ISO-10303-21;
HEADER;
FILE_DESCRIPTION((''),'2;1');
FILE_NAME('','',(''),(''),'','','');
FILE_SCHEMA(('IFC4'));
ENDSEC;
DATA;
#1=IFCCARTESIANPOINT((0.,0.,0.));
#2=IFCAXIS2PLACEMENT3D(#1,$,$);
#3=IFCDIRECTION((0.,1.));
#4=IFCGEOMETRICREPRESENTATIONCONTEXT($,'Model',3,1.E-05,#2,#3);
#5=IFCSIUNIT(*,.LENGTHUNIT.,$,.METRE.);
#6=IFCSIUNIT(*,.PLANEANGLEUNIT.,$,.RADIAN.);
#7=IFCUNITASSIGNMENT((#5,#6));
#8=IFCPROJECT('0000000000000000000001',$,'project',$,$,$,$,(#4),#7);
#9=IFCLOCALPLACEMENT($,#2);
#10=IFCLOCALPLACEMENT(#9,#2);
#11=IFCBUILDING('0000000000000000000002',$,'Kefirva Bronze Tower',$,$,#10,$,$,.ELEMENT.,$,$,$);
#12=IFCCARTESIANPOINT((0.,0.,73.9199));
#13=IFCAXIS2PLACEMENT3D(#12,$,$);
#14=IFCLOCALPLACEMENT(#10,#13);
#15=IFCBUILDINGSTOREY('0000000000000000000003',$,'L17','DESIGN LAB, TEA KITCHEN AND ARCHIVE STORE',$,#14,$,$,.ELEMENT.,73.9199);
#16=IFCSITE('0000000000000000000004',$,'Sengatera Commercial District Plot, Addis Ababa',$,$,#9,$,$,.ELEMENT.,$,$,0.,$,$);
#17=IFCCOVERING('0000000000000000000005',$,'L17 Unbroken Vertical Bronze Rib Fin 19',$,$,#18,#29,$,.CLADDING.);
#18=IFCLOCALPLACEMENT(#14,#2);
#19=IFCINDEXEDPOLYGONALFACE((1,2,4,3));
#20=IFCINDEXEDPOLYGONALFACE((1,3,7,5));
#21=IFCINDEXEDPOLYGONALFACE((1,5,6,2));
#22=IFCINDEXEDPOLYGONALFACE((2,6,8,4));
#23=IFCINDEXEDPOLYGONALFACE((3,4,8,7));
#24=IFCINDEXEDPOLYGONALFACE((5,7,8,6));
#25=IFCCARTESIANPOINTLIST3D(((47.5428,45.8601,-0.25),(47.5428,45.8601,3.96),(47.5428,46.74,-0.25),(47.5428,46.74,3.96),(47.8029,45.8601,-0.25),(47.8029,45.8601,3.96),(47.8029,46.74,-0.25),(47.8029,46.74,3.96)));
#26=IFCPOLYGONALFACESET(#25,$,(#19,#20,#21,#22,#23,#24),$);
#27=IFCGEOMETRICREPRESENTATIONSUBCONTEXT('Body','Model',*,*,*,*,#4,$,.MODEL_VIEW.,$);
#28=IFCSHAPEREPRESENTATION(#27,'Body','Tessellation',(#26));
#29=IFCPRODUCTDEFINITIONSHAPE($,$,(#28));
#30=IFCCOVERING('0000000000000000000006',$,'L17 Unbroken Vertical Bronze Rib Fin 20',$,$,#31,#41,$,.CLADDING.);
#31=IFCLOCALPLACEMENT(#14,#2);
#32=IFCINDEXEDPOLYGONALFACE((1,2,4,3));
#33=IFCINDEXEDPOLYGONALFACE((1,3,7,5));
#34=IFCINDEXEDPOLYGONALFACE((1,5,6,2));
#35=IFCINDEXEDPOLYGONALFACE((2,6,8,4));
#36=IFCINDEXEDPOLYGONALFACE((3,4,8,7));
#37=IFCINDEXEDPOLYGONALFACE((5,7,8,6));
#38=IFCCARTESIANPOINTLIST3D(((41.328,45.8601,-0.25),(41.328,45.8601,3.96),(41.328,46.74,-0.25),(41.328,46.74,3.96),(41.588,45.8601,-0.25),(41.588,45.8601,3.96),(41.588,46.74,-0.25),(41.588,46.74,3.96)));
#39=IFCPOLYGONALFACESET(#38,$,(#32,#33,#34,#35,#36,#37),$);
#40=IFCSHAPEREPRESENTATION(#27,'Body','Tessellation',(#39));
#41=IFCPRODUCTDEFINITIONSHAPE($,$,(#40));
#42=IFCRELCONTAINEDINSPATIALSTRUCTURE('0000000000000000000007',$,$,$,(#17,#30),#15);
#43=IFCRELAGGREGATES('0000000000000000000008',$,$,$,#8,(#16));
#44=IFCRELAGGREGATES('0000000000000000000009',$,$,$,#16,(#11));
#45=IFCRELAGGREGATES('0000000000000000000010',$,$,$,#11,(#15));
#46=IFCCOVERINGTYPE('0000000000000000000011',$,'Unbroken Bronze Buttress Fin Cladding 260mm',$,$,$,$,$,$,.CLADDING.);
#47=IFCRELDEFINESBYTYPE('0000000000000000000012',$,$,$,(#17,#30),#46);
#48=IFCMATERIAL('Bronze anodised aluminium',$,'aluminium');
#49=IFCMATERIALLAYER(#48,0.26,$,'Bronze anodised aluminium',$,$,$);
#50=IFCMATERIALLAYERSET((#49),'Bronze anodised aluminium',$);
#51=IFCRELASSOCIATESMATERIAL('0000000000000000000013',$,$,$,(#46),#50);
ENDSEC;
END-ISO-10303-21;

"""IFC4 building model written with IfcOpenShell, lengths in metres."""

from ifc_helpers import new_model, si_unit, direction, frame, origin, origin_2d, place, context, subcontext, project, spatial, rectangle, extrude, material, layer, layer_set, type_object, element, save


model = new_model("IFC4")

# Units and contexts
model_context = context("Model", 3, precision=1e-05, world=origin(), true_north=direction((0.0, 1.0)))
body_context = subcontext(model_context, "Body", "Model", "MODEL_VIEW")
ifc_project = project(units=[si_unit("LENGTHUNIT", "METRE"), si_unit("PLANEANGLEUNIT", "RADIAN")], contexts=[model_context])

# Site, building, storey
site_placement = place(None, origin())
site = spatial("IfcSite", under=ifc_project, at=site_placement, Name="Sengatera Commercial District Plot, Addis Ababa", CompositionType="ELEMENT", RefElevation=0.0)
building_placement = place(site_placement, origin())
building = spatial("IfcBuilding", under=site, at=building_placement, Name="Kefirva Bronze Tower", CompositionType="ELEMENT")
storey_placement = place(building_placement, frame((0.0, 0.0, 73.9199)))
storey = spatial("IfcBuildingStorey", under=building, at=storey_placement, Name="L17", Description="DESIGN LAB, TEA KITCHEN AND ARCHIVE STORE", CompositionType="ELEMENT", Elevation=73.9199)

# Shared definitions
ifc_material_1 = material(Name="Bronze anodised aluminium", Category="aluminium")

# Coverings
ifc_layer_1 = layer(ifc_material_1, 0.26, Name="Bronze anodised aluminium")
ifc_layer_set_1 = layer_set([ifc_layer_1], Name="Bronze anodised aluminium")
covering_type_1 = type_object("IfcCoveringType", Name="Unbroken Bronze Buttress Fin Cladding 260mm", PredefinedType="CLADDING", material=ifc_layer_set_1)
for number, where, z_axis, x_axis, name in (
    (1, (47.6729, 46.3, -0.25), (0.0, 0.0, 1.0), (-1.0, 0.0, 0.0), "L17 Unbroken Vertical Bronze Rib Fin 19"),
    (2, (41.458, 46.3, -0.25), (0.0, 0.0, 1.0), (-1.0, 0.0, 0.0), "L17 Unbroken Vertical Bronze Rib Fin 20"),
):
    element("IfcCovering", number, at=place(storey_placement, frame(where, z_axis=z_axis, x_axis=x_axis)), inside=storey, type_object=covering_type_1, Name=name, PredefinedType="CLADDING", context=body_context, shape_type="SweptSolid", body=[
        extrude(rectangle(XDim=0.26, YDim=0.8799, at=origin_2d()), origin(), (0.0, 0.0, 1.0), 4.21),
    ])

save(model, "model.ifc")
